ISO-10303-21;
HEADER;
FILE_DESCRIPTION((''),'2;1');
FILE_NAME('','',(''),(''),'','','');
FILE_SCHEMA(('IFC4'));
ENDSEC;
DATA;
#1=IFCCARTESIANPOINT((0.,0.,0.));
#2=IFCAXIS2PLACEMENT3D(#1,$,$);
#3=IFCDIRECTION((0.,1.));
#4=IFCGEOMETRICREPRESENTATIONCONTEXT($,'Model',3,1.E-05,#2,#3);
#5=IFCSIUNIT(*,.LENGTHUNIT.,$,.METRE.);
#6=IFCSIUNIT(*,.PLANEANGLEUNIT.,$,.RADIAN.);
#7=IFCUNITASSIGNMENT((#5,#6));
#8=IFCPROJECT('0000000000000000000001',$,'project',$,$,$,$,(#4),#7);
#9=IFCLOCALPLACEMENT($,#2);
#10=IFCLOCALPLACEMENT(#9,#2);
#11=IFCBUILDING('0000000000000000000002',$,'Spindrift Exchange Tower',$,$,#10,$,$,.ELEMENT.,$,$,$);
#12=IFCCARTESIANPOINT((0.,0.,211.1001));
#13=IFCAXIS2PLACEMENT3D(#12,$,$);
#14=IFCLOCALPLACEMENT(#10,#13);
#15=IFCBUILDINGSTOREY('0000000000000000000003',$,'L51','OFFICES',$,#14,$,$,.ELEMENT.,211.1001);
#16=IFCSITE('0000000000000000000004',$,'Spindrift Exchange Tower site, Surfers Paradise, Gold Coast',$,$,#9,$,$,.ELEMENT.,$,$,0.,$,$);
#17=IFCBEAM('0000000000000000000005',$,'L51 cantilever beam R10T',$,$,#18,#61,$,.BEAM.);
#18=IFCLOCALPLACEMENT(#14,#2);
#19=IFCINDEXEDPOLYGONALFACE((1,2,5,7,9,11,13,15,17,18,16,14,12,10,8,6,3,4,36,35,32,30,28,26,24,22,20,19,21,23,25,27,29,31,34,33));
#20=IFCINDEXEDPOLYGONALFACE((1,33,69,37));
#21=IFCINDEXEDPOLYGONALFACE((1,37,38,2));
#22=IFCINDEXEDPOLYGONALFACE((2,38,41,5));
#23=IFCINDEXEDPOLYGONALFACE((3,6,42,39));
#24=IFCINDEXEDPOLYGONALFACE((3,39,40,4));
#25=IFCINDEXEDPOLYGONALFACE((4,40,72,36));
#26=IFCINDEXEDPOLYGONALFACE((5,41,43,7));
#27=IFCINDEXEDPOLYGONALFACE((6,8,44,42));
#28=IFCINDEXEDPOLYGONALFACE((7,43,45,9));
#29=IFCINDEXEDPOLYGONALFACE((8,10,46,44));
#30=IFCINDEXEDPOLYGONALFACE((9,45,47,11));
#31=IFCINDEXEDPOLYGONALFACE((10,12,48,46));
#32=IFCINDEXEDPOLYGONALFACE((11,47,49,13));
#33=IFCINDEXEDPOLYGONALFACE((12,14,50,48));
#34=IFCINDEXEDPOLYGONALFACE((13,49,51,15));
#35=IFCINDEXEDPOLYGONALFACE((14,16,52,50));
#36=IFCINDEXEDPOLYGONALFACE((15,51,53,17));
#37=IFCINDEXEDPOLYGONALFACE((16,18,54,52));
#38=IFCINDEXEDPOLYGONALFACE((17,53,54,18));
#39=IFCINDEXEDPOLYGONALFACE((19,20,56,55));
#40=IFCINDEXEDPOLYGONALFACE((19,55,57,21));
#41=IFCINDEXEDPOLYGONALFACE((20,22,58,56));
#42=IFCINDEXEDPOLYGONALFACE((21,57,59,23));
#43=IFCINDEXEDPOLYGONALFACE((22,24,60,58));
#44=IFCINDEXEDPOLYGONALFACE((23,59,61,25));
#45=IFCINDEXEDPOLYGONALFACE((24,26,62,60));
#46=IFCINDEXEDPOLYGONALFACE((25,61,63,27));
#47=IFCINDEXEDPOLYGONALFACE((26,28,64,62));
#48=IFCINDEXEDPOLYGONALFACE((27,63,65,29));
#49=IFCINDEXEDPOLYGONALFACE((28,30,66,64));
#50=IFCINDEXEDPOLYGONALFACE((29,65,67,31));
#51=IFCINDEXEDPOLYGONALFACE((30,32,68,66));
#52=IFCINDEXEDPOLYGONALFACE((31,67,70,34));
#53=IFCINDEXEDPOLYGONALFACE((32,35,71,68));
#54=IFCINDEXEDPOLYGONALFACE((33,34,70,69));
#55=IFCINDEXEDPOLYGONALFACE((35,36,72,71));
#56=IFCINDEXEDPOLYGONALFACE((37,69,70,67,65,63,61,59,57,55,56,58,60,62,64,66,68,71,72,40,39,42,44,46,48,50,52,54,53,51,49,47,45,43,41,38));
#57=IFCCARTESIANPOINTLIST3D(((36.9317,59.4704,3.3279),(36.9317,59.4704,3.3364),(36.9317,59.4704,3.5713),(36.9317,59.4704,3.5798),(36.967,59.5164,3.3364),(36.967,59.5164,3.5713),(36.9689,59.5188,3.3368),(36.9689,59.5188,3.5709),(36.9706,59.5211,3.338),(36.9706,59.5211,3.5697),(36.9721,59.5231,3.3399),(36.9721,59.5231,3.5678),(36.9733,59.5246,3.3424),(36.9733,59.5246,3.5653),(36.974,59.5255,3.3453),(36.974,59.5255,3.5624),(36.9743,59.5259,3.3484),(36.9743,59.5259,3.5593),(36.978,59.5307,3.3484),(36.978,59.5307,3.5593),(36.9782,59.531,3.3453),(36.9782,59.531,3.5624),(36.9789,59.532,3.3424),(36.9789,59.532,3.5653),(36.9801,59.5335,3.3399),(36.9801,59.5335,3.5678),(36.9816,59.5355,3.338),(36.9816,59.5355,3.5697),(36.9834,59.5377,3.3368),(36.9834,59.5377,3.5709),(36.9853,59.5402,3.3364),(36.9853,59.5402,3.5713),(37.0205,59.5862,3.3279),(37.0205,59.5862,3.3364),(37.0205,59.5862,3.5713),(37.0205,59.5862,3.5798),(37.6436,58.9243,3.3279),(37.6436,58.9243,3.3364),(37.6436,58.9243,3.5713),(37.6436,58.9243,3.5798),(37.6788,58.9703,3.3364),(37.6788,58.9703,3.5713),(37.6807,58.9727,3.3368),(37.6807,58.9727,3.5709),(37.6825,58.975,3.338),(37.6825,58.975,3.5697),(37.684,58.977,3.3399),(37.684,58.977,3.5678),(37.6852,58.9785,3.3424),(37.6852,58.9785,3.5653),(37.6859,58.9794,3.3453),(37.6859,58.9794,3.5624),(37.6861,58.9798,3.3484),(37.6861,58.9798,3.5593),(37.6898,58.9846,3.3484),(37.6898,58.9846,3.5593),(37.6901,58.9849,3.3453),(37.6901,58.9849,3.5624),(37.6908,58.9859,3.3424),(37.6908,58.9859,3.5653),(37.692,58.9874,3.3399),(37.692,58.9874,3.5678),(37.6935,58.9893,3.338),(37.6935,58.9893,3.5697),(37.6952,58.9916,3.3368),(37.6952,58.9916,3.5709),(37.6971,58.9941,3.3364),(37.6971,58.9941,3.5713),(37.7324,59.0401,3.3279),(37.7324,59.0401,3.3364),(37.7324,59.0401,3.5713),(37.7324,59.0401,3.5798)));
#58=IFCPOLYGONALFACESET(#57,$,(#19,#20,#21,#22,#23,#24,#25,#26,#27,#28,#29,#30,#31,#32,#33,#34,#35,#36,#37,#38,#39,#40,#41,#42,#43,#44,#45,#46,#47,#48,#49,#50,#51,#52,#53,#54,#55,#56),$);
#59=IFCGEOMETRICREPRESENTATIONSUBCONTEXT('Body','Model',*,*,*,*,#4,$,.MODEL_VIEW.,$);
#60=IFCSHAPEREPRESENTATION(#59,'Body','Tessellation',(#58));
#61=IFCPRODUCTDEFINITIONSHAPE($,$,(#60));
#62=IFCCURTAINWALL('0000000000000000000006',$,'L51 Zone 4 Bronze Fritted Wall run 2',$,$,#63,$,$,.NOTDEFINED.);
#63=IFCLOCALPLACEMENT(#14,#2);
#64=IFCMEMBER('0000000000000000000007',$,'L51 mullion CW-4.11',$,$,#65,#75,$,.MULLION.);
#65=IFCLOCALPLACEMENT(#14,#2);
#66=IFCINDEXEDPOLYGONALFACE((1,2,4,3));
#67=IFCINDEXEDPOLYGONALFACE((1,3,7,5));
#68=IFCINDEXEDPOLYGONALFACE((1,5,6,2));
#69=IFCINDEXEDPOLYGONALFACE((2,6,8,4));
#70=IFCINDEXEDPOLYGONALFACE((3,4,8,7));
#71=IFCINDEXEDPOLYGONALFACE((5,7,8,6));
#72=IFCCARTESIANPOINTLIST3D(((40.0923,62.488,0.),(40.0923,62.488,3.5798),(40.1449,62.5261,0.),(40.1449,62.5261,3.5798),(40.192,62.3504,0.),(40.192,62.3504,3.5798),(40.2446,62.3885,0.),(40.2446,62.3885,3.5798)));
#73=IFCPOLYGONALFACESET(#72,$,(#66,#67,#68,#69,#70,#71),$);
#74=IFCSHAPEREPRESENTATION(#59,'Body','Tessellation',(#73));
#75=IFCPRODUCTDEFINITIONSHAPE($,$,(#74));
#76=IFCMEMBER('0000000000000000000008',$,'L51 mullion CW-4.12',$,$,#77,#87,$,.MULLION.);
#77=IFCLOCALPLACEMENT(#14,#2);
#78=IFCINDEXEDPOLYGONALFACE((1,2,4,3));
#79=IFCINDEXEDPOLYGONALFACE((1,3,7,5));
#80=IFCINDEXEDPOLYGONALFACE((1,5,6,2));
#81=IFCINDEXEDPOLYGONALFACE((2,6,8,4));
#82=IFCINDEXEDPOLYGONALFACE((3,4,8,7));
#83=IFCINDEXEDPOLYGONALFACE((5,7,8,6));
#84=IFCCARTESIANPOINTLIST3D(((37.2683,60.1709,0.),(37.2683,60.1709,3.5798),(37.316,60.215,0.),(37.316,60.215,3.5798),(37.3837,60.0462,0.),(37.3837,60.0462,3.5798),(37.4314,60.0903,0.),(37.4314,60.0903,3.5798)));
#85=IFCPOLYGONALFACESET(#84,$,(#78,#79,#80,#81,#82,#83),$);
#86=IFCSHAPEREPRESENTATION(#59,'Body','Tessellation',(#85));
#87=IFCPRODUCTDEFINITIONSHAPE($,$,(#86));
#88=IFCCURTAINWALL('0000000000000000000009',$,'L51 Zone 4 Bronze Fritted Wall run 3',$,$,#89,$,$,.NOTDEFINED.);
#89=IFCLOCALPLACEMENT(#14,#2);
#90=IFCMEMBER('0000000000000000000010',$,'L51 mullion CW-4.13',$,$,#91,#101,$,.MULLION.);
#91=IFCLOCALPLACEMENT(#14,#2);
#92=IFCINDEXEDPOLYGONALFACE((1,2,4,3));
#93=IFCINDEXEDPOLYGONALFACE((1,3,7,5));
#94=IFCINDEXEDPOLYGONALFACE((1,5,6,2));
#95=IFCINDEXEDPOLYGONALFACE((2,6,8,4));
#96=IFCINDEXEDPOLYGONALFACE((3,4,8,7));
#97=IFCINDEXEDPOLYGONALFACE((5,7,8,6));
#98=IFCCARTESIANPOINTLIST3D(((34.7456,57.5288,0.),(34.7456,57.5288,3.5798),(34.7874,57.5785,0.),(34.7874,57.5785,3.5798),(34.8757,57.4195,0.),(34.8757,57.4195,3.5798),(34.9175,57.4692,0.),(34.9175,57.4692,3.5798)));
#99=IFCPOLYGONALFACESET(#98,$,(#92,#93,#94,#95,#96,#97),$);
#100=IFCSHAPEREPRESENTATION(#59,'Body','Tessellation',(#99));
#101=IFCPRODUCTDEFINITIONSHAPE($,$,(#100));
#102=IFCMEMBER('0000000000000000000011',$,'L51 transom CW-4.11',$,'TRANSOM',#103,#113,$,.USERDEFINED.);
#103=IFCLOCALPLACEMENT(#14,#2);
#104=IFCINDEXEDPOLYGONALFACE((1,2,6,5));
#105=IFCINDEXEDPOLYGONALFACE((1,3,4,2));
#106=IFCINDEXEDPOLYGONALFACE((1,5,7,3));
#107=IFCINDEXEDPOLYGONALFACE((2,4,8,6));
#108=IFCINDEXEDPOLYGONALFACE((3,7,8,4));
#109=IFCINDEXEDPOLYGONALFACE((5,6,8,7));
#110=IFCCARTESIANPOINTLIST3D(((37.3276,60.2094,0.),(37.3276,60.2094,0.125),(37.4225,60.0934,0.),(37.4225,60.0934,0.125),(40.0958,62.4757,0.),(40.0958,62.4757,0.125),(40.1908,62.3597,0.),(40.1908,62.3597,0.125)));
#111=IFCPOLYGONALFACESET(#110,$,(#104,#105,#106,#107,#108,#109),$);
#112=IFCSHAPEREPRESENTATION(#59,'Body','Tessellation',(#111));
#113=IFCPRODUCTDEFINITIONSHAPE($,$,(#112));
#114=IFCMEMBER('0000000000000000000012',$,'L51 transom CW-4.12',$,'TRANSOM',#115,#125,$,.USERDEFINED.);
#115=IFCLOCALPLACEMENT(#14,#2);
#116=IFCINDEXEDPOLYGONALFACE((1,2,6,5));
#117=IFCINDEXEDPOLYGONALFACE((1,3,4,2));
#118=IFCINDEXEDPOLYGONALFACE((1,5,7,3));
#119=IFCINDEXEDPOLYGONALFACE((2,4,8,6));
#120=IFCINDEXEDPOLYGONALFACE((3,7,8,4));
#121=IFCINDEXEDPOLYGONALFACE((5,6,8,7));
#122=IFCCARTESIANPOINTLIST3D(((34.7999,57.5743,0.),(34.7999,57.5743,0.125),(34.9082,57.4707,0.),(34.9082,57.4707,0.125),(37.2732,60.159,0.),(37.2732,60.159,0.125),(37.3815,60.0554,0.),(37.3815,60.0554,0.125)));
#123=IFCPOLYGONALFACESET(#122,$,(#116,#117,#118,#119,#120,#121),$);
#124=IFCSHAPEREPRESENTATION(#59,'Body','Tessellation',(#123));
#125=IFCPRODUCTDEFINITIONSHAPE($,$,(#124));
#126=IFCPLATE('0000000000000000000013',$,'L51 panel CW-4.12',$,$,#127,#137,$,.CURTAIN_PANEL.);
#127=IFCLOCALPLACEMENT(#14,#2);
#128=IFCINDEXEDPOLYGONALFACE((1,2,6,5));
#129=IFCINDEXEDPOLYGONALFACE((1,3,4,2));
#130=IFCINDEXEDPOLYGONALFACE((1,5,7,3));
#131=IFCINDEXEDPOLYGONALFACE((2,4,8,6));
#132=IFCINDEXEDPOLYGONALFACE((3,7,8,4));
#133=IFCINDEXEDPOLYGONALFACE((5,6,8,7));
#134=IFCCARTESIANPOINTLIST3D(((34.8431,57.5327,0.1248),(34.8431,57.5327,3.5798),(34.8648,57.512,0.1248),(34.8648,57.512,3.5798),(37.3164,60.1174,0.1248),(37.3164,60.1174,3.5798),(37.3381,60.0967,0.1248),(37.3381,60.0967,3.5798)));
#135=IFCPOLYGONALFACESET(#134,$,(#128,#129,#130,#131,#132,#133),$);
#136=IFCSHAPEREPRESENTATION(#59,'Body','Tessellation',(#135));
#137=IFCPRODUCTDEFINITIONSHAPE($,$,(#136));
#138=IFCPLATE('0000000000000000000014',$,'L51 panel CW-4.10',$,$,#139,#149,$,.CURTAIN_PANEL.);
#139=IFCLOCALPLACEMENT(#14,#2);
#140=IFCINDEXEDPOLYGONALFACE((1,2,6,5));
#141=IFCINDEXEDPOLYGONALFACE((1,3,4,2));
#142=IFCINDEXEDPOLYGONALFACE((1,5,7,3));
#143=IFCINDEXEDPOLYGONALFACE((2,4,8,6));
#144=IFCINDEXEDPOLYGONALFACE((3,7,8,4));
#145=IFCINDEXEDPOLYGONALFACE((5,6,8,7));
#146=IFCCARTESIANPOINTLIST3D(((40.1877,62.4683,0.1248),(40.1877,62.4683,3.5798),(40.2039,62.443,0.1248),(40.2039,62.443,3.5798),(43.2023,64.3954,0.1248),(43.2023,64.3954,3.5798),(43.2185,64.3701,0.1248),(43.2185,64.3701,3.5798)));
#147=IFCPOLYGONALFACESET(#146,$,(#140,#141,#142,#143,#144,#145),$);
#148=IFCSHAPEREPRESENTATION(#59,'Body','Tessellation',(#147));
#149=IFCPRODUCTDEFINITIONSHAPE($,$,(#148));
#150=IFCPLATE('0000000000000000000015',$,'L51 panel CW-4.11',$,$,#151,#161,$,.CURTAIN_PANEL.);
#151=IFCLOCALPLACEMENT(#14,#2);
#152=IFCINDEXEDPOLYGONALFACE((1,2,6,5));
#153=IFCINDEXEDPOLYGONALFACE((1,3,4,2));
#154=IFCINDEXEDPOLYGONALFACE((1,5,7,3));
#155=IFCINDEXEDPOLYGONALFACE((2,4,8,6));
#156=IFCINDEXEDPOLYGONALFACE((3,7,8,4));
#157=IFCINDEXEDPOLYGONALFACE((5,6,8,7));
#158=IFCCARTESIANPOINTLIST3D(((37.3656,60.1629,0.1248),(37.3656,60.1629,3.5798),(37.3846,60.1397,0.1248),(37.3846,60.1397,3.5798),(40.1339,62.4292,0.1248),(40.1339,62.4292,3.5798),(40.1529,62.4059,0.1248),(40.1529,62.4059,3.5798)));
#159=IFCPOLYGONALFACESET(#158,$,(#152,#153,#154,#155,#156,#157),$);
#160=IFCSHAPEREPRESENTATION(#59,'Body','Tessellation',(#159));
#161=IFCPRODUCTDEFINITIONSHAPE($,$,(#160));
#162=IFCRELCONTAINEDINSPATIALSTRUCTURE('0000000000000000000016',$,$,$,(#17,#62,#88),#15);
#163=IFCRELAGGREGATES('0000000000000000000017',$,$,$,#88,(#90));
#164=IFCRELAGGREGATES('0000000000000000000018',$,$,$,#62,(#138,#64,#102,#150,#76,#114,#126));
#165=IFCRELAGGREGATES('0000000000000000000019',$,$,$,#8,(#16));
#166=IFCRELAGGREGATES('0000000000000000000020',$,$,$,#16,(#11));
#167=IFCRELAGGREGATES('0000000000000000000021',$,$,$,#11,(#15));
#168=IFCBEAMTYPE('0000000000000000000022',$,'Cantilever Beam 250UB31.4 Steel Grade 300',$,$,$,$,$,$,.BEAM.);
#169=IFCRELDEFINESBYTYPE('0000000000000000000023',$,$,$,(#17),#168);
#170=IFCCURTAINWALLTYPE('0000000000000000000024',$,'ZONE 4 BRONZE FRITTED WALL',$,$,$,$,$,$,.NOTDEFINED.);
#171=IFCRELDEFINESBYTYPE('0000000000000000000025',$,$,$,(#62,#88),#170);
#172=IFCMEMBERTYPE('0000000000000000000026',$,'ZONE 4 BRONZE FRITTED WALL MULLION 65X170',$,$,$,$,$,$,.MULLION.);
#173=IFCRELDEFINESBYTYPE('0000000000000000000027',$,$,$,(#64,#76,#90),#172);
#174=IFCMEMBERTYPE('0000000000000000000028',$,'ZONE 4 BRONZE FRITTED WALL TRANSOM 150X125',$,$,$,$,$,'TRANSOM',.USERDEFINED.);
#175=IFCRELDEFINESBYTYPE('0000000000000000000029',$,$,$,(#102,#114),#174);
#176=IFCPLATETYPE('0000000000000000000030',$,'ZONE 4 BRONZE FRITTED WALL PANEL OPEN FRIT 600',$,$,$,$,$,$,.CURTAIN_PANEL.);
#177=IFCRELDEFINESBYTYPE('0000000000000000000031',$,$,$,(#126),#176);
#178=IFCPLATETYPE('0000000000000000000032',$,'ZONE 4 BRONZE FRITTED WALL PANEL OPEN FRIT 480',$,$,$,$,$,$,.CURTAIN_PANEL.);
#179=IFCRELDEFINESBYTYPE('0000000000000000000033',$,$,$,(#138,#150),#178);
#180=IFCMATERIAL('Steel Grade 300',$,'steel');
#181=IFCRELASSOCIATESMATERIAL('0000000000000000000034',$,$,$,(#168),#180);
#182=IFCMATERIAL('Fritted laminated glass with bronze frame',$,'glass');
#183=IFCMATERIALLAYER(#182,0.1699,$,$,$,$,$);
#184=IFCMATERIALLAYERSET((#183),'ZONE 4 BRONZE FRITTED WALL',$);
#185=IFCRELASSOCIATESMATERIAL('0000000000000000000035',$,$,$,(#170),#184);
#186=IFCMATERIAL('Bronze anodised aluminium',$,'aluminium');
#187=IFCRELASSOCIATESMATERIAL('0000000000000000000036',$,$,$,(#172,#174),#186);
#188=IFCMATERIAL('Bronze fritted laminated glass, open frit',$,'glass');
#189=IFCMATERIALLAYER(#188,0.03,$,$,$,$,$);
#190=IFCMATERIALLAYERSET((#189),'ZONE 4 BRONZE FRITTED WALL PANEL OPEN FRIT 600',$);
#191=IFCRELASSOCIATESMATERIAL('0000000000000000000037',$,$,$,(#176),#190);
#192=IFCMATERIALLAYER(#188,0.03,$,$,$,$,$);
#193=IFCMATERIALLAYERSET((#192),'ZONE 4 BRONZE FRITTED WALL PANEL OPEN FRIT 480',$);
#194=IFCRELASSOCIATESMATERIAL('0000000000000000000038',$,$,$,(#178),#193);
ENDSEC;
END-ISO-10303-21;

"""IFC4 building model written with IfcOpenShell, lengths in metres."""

from ifc_helpers import new_model, si_unit, direction, frame, origin, origin_2d, place, context, subcontext, project, spatial, rectangle, i_section, extrude, source, transform, mapped, material, layer, layer_set, material_profile, profile_set, type_object, element, aggregate, save


model = new_model("IFC4")

# Units and contexts
model_context = context("Model", 3, precision=1e-05, world=origin(), true_north=direction((0.0, 1.0)))
body_context = subcontext(model_context, "Body", "Model", "MODEL_VIEW")
ifc_project = project(units=[si_unit("LENGTHUNIT", "METRE"), si_unit("PLANEANGLEUNIT", "RADIAN")], contexts=[model_context])

# Site, building, storey
site_placement = place(None, origin())
site = spatial("IfcSite", under=ifc_project, at=site_placement, Name="Spindrift Exchange Tower site, Surfers Paradise, Gold Coast", CompositionType="ELEMENT", RefElevation=0.0)
building_placement = place(site_placement, origin())
building = spatial("IfcBuilding", under=site, at=building_placement, Name="Spindrift Exchange Tower", CompositionType="ELEMENT")
storey_placement = place(building_placement, frame((0.0, 0.0, 211.1001)))
storey = spatial("IfcBuildingStorey", under=building, at=storey_placement, Name="L51", Description="OFFICES", CompositionType="ELEMENT", Elevation=211.1001)

# Beam
ifc_material_1 = material(Name="Steel Grade 300", Category="steel")
ifc_material_profile_1 = material_profile(ifc_material_1, i_section(OverallWidth=0.146, OverallDepth=0.252, WebThickness=0.0061, FlangeThickness=0.0085, FilletRadius=0.012, at=origin_2d()), Name="250UB31.4")
ifc_profile_set_1 = profile_set([ifc_material_profile_1], Name="Steel Grade 300")
beam_type_1 = type_object("IfcBeamType", Name="Cantilever Beam 250UB31.4 Steel Grade 300", PredefinedType="BEAM", material=ifc_profile_set_1)
shared_shape_1 = source(origin(), body_context, "Body", "SweptSolid", [
    extrude(i_section(OverallWidth=0.146, OverallDepth=0.252, WebThickness=0.0061, FlangeThickness=0.0085, FilletRadius=0.012, at=origin_2d()), origin(), (0.0, 0.0, 1.0), 0.8972),
])
beam_1_placement = place(storey_placement, frame((37.688, 58.9822, 3.4539), z_axis=(-0.793422, 0.608671, 0.0), x_axis=(-0.608671, -0.793422, 0.0)))
element("IfcBeam", 1, at=beam_1_placement, inside=storey, type_object=beam_type_1, Name="L51 cantilever beam R10T", PredefinedType="BEAM", context=body_context, shape_type="MappedRepresentation", body=[
    mapped(shared_shape_1, transform((0.0, 0.0, 0.0), scale=1.0)),
])

# Curtain wall, members
ifc_material_2 = material(Name="Fritted laminated glass with bronze frame", Category="glass")
ifc_layer_1 = layer(ifc_material_2, 0.1699)
ifc_layer_set_1 = layer_set([ifc_layer_1], Name="ZONE 4 BRONZE FRITTED WALL")
curtain_wall_type = type_object("IfcCurtainWallType", Name="ZONE 4 BRONZE FRITTED WALL", PredefinedType="NOTDEFINED", material=ifc_layer_set_1)
curtain_wall_1_placement = place(storey_placement, origin())
curtain_wall_1 = element("IfcCurtainWall", 2, at=curtain_wall_1_placement, inside=storey, type_object=curtain_wall_type, Name="L51 Zone 4 Bronze Fritted Wall run 2", PredefinedType="NOTDEFINED")
ifc_material_3 = material(Name="Bronze anodised aluminium", Category="aluminium")
ifc_material_profile_2 = material_profile(ifc_material_3, rectangle(XDim=0.0649, YDim=0.1699, at=origin_2d()), Name="ZONE 4 BRONZE FRITTED WALL MULLION 65X170")
ifc_profile_set_2 = profile_set([ifc_material_profile_2], Name="Bronze anodised aluminium")
member_type_1 = type_object("IfcMemberType", Name="ZONE 4 BRONZE FRITTED WALL MULLION 65X170", PredefinedType="MULLION", material=ifc_profile_set_2)
shared_shape_2 = source(origin(), body_context, "Body", "SweptSolid", [
    extrude(rectangle(XDim=0.0649, YDim=0.1699, at=origin_2d()), origin(), (0.0, 0.0, 1.0), 3.5798),
])
member_1_placement = place(storey_placement, frame((40.1685, 62.4382, 0.0), z_axis=(0.0, 0.0, 1.0), x_axis=(-0.809564, -0.587031, 0.0)))
member_1 = element("IfcMember", 3, at=member_1_placement, type_object=member_type_1, Name="L51 mullion CW-4.11", PredefinedType="MULLION", context=body_context, shape_type="MappedRepresentation", body=[
    mapped(shared_shape_2, transform((0.0, 0.0, 0.0), scale=1.0)),
])
member_2_placement = place(storey_placement, frame((37.3499, 60.1306, 0.0), z_axis=(0.0, 0.0, 1.0), x_axis=(-0.733928, -0.679227, 0.0)))
member_2 = element("IfcMember", 4, at=member_2_placement, type_object=member_type_1, Name="L51 mullion CW-4.12", PredefinedType="MULLION", context=body_context, shape_type="MappedRepresentation", body=[
    mapped(shared_shape_2, transform((0.0, 0.0, 0.0), scale=1.0)),
])

# Curtain wall, member
curtain_wall_2_placement = place(storey_placement, origin())
curtain_wall_2 = element("IfcCurtainWall", 5, at=curtain_wall_2_placement, inside=storey, type_object=curtain_wall_type, Name="L51 Zone 4 Bronze Fritted Wall run 3", PredefinedType="NOTDEFINED")
member_3_placement = place(storey_placement, frame((34.8315, 57.499, 0.0), z_axis=(0.0, 0.0, 1.0), x_axis=(-0.64325, -0.765656, 0.0)))
member_3 = element("IfcMember", 6, at=member_3_placement, type_object=member_type_1, Name="L51 mullion CW-4.13", PredefinedType="MULLION", context=body_context, shape_type="MappedRepresentation", body=[
    mapped(shared_shape_2, transform((0.0, 0.0, 0.0), scale=1.0)),
])
aggregate(curtain_wall_2, [member_3])

# Members
ifc_material_profile_3 = material_profile(ifc_material_3, rectangle(XDim=0.1499, YDim=0.125, at=origin_2d()), Name="ZONE 4 BRONZE FRITTED WALL TRANSOM 150X125")
ifc_profile_set_3 = profile_set([ifc_material_profile_3], Name="Bronze anodised aluminium")
member_type_2 = type_object("IfcMemberType", Name="ZONE 4 BRONZE FRITTED WALL TRANSOM 150X125", ElementType="TRANSOM", PredefinedType="USERDEFINED", material=ifc_profile_set_3)
shared_shape_3 = source(origin(), body_context, "Body", "SweptSolid", [
    extrude(rectangle(XDim=0.1499, YDim=0.125, at=origin_2d()), origin(), (0.0, 0.0, 1.0), 3.5776),
])
member_4_placement = place(storey_placement, frame((40.1433, 62.4177, 0.0625), z_axis=(-0.773769, -0.633468, 0.0), x_axis=(0.633468, -0.773769, 0.0)))
member_4 = element("IfcMember", 7, at=member_4_placement, type_object=member_type_2, Name="L51 transom CW-4.11", ObjectType="TRANSOM", PredefinedType="USERDEFINED", context=body_context, shape_type="MappedRepresentation", body=[
    mapped(shared_shape_3, transform((0.0, 0.0, 0.0), scale=1.0)),
])
shared_shape_4 = source(origin(), body_context, "Body", "SweptSolid", [
    extrude(rectangle(XDim=0.1499, YDim=0.125, at=origin_2d()), origin(), (0.0, 0.0, 1.0), 3.5774),
])
member_5_placement = place(storey_placement, frame((37.3274, 60.1072, 0.0625), z_axis=(-0.691376, -0.722495, 0.0), x_axis=(0.722495, -0.691376, 0.0)))
member_5 = element("IfcMember", 8, at=member_5_placement, type_object=member_type_2, Name="L51 transom CW-4.12", ObjectType="TRANSOM", PredefinedType="USERDEFINED", context=body_context, shape_type="MappedRepresentation", body=[
    mapped(shared_shape_4, transform((0.0, 0.0, 0.0), scale=1.0)),
])

# Plates
ifc_material_4 = material(Name="Bronze fritted laminated glass, open frit", Category="glass")
ifc_layer_2 = layer(ifc_material_4, 0.03)
ifc_layer_set_2 = layer_set([ifc_layer_2], Name="ZONE 4 BRONZE FRITTED WALL PANEL OPEN FRIT 600")
plate_type_1 = type_object("IfcPlateType", Name="ZONE 4 BRONZE FRITTED WALL PANEL OPEN FRIT 600", PredefinedType="CURTAIN_PANEL", material=ifc_layer_set_2)
shared_shape_5 = source(origin(), body_context, "Body", "SweptSolid", [
    extrude(rectangle(XDim=3.5774, YDim=0.03, at=origin_2d()), origin(), (0.0, 0.0, 1.0), 3.4551),
])
plate_1_placement = place(storey_placement, frame((36.0906, 58.8147, 0.1248), z_axis=(0.0, 0.0, 1.0), x_axis=(-0.691369, -0.722502, 0.0)))
plate_1 = element("IfcPlate", 9, at=plate_1_placement, type_object=plate_type_1, Name="L51 panel CW-4.12", PredefinedType="CURTAIN_PANEL", context=body_context, shape_type="MappedRepresentation", body=[
    mapped(shared_shape_5, transform((0.0, 0.0, 0.0), scale=1.0)),
])
ifc_layer_3 = layer(ifc_material_4, 0.03)
ifc_layer_set_3 = layer_set([ifc_layer_3], Name="ZONE 4 BRONZE FRITTED WALL PANEL OPEN FRIT 480")
plate_type_2 = type_object("IfcPlateType", Name="ZONE 4 BRONZE FRITTED WALL PANEL OPEN FRIT 480", PredefinedType="CURTAIN_PANEL", material=ifc_layer_set_3)
shared_shape_6 = source(origin(), body_context, "Body", "SweptSolid", [
    extrude(rectangle(XDim=3.5779, YDim=0.03, at=origin_2d()), origin(), (0.0, 0.0, 1.0), 3.4551),
])
plate_2_placement = place(storey_placement, frame((41.7031, 63.4192, 0.1248), z_axis=(0.0, 0.0, 1.0), x_axis=(-0.842564, -0.538596, 0.0)))
plate_2 = element("IfcPlate", 10, at=plate_2_placement, type_object=plate_type_2, Name="L51 panel CW-4.10", PredefinedType="CURTAIN_PANEL", context=body_context, shape_type="MappedRepresentation", body=[
    mapped(shared_shape_6, transform((0.0, 0.0, 0.0), scale=1.0)),
])
shared_shape_7 = source(origin(), body_context, "Body", "SweptSolid", [
    extrude(rectangle(XDim=3.5776, YDim=0.03, at=origin_2d()), origin(), (0.0, 0.0, 1.0), 3.4551),
])
plate_3_placement = place(storey_placement, frame((38.7593, 61.2844, 0.1248), z_axis=(0.0, 0.0, 1.0), x_axis=(-0.773784, -0.63345, 0.0)))
plate_3 = element("IfcPlate", 11, at=plate_3_placement, type_object=plate_type_2, Name="L51 panel CW-4.11", PredefinedType="CURTAIN_PANEL", context=body_context, shape_type="MappedRepresentation", body=[
    mapped(shared_shape_7, transform((0.0, 0.0, 0.0), scale=1.0)),
])
aggregate(curtain_wall_1, [plate_2, member_1, member_4, plate_3, member_2, member_5, plate_1])

save(model, "model.ifc")
